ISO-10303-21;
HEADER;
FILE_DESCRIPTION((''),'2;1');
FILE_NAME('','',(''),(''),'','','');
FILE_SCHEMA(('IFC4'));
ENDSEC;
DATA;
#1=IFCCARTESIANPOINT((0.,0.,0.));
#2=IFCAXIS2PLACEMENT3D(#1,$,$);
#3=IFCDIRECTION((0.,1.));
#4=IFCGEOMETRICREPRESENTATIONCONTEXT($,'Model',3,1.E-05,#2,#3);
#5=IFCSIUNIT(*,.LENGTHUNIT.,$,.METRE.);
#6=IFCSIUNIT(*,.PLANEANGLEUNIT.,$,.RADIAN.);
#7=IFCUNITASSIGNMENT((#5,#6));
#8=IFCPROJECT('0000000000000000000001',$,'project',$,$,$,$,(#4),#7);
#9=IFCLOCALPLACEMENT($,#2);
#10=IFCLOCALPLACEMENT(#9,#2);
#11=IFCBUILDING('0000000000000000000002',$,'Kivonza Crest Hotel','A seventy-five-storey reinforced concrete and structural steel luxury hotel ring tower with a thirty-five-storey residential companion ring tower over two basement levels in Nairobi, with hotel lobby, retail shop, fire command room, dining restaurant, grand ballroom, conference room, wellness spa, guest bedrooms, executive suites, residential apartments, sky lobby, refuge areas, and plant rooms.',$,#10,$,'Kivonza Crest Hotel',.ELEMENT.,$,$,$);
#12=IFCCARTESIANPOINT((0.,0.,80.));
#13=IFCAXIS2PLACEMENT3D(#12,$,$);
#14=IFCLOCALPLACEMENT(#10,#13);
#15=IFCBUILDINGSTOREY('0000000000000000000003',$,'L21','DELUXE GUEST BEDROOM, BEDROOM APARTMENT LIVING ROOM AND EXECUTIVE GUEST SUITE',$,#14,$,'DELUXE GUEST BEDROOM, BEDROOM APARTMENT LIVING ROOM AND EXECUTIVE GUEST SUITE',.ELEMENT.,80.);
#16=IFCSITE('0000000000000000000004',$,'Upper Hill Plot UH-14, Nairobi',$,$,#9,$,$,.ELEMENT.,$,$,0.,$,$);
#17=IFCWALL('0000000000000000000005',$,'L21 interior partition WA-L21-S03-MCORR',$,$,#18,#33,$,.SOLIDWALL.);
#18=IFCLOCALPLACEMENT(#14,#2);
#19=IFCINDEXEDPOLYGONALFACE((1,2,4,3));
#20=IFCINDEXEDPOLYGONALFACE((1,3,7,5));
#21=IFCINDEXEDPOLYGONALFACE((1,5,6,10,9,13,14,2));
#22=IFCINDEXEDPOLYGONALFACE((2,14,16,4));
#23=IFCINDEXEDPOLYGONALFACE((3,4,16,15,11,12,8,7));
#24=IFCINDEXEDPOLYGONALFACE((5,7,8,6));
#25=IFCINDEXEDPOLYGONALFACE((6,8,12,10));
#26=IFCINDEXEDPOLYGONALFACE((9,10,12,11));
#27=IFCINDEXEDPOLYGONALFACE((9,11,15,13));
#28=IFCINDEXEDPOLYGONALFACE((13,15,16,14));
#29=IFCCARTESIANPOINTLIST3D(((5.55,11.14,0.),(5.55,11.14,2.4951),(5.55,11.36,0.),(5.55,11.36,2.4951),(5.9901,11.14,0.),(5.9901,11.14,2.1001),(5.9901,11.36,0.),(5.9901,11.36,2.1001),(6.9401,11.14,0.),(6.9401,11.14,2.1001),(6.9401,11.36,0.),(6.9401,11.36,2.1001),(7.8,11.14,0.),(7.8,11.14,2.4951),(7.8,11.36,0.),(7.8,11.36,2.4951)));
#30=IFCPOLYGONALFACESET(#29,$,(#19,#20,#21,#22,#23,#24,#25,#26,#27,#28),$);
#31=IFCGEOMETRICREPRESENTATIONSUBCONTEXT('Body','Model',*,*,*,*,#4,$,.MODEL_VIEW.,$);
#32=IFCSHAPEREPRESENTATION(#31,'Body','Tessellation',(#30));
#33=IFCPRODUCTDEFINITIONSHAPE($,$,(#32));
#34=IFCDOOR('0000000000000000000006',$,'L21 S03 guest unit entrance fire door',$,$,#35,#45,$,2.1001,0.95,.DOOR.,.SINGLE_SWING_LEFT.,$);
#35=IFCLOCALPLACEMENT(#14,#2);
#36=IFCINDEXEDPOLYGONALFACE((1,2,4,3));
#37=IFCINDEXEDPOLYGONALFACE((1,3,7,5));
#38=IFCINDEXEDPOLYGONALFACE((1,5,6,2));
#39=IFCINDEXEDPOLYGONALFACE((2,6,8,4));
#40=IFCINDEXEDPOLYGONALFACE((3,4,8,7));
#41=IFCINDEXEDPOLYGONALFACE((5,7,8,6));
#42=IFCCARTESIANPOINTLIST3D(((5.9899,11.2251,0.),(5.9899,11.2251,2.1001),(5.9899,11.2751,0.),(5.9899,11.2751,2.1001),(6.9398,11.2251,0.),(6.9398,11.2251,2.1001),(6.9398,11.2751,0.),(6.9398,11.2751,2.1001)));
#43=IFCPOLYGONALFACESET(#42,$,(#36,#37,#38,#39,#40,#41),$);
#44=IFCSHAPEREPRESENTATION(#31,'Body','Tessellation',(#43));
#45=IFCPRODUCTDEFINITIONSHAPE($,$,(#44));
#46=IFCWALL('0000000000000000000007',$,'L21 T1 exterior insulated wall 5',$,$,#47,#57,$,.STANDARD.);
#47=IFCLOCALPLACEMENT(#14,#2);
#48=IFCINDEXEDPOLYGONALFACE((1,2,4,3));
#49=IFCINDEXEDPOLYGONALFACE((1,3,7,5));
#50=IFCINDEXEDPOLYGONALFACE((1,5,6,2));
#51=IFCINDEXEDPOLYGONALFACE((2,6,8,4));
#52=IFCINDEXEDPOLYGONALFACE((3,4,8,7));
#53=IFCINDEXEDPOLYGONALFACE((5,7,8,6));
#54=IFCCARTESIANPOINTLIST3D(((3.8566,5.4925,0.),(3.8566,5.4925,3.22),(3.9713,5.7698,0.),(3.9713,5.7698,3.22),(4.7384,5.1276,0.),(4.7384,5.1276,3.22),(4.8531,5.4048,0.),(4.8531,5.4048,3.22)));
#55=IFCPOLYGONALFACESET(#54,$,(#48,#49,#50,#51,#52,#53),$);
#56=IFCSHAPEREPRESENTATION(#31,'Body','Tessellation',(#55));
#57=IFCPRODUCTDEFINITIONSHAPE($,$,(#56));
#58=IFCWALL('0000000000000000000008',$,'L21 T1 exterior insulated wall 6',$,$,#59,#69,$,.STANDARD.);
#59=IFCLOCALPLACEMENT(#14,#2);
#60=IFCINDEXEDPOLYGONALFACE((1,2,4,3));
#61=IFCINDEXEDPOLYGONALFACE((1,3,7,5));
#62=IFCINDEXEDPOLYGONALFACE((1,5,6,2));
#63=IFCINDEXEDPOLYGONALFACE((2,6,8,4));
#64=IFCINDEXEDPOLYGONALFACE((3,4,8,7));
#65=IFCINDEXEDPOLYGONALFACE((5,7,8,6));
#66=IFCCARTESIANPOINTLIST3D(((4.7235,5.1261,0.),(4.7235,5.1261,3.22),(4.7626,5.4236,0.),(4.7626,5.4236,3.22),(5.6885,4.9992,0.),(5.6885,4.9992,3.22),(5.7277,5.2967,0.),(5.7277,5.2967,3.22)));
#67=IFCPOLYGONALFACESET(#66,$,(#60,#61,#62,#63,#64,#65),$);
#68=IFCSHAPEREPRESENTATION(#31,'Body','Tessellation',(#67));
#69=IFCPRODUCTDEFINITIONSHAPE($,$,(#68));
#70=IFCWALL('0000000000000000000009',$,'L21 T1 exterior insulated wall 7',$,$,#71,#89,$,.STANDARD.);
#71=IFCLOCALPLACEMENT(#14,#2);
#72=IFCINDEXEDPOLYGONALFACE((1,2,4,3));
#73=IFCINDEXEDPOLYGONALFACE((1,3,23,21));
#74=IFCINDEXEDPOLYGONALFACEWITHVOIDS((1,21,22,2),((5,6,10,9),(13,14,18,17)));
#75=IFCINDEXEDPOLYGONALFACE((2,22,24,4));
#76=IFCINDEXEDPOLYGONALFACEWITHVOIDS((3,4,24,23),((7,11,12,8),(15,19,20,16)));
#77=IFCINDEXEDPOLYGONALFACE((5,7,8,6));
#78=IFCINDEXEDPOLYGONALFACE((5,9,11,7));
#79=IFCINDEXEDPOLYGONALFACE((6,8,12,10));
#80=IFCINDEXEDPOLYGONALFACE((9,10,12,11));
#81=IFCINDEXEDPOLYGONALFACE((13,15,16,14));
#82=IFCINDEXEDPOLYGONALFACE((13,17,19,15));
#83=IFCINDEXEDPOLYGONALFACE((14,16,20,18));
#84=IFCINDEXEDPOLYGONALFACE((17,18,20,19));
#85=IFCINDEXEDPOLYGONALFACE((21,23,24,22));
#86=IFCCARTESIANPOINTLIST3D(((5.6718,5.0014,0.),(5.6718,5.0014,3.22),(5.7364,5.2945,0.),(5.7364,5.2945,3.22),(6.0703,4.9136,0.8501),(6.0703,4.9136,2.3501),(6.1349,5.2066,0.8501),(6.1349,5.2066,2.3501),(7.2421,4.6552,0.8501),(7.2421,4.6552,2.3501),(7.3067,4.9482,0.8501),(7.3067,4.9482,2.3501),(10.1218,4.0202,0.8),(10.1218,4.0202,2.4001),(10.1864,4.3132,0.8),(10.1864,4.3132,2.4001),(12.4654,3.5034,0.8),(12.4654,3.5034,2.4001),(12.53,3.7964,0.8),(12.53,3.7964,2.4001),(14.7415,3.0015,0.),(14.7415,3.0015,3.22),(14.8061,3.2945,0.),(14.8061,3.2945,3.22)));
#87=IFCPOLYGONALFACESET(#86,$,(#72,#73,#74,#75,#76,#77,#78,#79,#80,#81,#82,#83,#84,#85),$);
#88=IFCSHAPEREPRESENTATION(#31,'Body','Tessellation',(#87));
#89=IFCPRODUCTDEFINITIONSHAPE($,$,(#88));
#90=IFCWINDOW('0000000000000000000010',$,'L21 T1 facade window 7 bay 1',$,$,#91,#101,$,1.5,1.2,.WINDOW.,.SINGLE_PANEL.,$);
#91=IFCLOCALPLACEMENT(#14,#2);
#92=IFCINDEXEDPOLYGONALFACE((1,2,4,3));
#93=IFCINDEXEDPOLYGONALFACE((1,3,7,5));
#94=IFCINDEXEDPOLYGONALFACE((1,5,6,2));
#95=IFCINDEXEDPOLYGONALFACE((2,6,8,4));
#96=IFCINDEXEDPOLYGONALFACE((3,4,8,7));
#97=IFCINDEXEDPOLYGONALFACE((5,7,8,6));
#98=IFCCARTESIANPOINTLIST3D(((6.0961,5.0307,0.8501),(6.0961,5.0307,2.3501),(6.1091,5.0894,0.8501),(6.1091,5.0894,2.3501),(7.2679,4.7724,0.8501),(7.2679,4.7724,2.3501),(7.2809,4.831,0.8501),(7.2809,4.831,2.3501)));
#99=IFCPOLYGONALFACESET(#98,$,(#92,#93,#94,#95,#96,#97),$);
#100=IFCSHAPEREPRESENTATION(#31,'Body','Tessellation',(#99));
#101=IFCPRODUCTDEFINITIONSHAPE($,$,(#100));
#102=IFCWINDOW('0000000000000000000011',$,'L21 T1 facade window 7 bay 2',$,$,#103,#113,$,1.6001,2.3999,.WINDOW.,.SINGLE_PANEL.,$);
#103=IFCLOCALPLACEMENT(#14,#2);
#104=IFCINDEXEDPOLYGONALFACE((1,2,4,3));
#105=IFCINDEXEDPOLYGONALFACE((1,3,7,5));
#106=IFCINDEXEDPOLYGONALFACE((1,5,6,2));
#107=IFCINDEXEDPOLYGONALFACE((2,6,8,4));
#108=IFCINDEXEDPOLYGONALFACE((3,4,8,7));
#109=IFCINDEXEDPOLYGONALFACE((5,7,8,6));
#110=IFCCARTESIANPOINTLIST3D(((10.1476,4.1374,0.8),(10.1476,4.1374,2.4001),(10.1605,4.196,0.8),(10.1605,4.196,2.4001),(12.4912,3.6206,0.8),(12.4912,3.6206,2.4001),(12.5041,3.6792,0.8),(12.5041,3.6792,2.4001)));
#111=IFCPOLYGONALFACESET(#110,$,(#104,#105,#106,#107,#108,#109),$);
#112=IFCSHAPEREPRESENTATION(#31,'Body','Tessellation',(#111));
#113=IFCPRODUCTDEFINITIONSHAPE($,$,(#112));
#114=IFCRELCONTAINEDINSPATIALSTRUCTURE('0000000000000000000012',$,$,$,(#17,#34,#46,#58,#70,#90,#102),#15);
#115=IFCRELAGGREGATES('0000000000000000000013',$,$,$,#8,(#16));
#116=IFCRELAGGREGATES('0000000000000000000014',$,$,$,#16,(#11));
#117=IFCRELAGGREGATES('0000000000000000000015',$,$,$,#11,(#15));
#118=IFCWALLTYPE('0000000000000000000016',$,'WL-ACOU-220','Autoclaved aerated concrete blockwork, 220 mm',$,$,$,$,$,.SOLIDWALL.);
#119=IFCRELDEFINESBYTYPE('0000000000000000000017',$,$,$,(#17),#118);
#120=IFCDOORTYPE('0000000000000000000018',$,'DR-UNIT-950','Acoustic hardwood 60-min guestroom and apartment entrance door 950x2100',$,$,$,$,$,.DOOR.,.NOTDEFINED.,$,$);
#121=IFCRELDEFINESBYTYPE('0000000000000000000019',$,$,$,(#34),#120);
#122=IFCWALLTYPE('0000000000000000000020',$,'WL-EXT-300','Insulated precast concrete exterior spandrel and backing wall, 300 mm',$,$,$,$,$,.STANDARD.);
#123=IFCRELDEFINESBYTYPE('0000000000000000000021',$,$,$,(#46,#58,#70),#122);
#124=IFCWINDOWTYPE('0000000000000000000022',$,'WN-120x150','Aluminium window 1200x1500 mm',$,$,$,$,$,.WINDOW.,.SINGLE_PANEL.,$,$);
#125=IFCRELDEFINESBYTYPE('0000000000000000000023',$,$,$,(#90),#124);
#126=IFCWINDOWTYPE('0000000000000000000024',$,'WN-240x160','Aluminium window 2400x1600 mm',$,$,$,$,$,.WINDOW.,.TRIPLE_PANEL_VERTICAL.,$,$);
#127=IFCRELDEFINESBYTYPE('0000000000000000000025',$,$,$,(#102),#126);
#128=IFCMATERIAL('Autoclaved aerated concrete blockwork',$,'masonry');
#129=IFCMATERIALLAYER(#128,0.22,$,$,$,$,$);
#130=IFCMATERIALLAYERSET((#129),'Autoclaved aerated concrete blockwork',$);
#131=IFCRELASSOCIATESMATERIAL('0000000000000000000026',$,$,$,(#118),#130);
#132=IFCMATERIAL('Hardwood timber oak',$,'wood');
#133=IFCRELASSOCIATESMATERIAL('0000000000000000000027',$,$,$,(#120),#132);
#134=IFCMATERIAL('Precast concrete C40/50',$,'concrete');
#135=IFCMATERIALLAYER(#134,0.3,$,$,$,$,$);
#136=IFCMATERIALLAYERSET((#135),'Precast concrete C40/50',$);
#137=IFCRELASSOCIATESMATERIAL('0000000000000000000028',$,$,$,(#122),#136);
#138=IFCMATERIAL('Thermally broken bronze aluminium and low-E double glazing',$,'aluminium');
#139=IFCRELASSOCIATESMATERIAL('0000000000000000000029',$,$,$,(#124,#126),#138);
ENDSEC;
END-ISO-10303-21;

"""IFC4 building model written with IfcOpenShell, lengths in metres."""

from ifc_helpers import new_model, si_unit, direction, frame, frame_2d, origin, place, context, subcontext, project, spatial, rectangle, extrude, material, layer, layer_set, type_object, element, fill, save


model = new_model("IFC4")

# Units and contexts
model_context = context("Model", 3, precision=1e-05, world=origin(), true_north=direction((0.0, 1.0)))
body_context = subcontext(model_context, "Body", "Model", "MODEL_VIEW")
ifc_project = project(units=[si_unit("LENGTHUNIT", "METRE"), si_unit("PLANEANGLEUNIT", "RADIAN")], contexts=[model_context])

# Site, building, storey
site_placement = place(None, origin())
site = spatial("IfcSite", under=ifc_project, at=site_placement, Name="Upper Hill Plot UH-14, Nairobi", CompositionType="ELEMENT", RefElevation=0.0)
building_placement = place(site_placement, origin())
building = spatial("IfcBuilding", under=site, at=building_placement, Name="Kivonza Crest Hotel", Description="A seventy-five-storey reinforced concrete and structural steel luxury hotel ring tower with a thirty-five-storey residential companion ring tower over two basement levels in Nairobi, with hotel lobby, retail shop, fire command room, dining restaurant, grand ballroom, conference room, wellness spa, guest bedrooms, executive suites, residential apartments, sky lobby, refuge areas, and plant rooms.", LongName="Kivonza Crest Hotel", CompositionType="ELEMENT")
storey_placement = place(building_placement, frame((0.0, 0.0, 80.0)))
storey = spatial("IfcBuildingStorey", under=building, at=storey_placement, Name="L21", Description="DELUXE GUEST BEDROOM, BEDROOM APARTMENT LIVING ROOM AND EXECUTIVE GUEST SUITE", LongName="DELUXE GUEST BEDROOM, BEDROOM APARTMENT LIVING ROOM AND EXECUTIVE GUEST SUITE", CompositionType="ELEMENT", Elevation=80.0)

# Shared definitions
ifc_material_1 = material(Name="Autoclaved aerated concrete blockwork", Category="masonry")
ifc_layer_1 = layer(ifc_material_1, 0.22)
ifc_layer_set_1 = layer_set([ifc_layer_1], Name="Autoclaved aerated concrete blockwork")
wall_type_1 = type_object("IfcWallType", Name="WL-ACOU-220", Description="Autoclaved aerated concrete blockwork, 220 mm", PredefinedType="SOLIDWALL", material=ifc_layer_set_1)

# Wall, opening, door
wall_1_placement = place(storey_placement, frame((5.55, 11.25, 0.0), z_axis=(0.0, 0.0, 1.0), x_axis=(1.0, 0.0, 0.0)))
wall_1 = element("IfcWall", 1, at=wall_1_placement, inside=storey, type_object=wall_type_1, Name="L21 interior partition WA-L21-S03-MCORR", PredefinedType="SOLIDWALL", context=body_context, shape_type="SweptSolid", body=[
    extrude(rectangle(XDim=2.25, YDim=0.22, at=frame_2d((1.125, 0.0))), origin(), (0.0, 0.0, 1.0), 2.4951),
])
opening_1_placement = place(wall_1_placement, frame((0.4399, 0.0, 0.0)))
opening_1 = element("IfcOpeningElement", 2, at=opening_1_placement, cuts=wall_1, PredefinedType="OPENING", context=body_context, shape_type="SweptSolid", body=[
    extrude(rectangle(XDim=0.95, YDim=2.1001, at=frame_2d((0.4751, 1.05))), frame((0.0, 0.1201, 0.0), z_axis=(0.0, -1.0, 0.0), x_axis=(1.0, 0.0, 0.0)), (0.0, 0.0, 1.0), 0.24),
])
ifc_material_2 = material(Name="Hardwood timber oak", Category="wood")
door_type_1 = type_object("IfcDoorType", Name="DR-UNIT-950", Description="Acoustic hardwood 60-min guestroom and apartment entrance door 950x2100", OperationType="NOTDEFINED", PredefinedType="DOOR", material=ifc_material_2)
door_1_placement = place(opening_1_placement, frame((0.95, 0.0, 0.0), z_axis=(0.0, 0.0, 1.0), x_axis=(-1.0, 0.0, 0.0)))
door_1 = element("IfcDoor", 3, at=door_1_placement, inside=storey, type_object=door_type_1, Name="L21 S03 guest unit entrance fire door", OperationType="SINGLE_SWING_LEFT", OverallHeight=2.1001, OverallWidth=0.95, PredefinedType="DOOR", context=body_context, shape_type="SweptSolid", body=[
    extrude(rectangle(XDim=0.95, YDim=2.1001, at=frame_2d((0.4751, 1.05))), frame((0.0, 0.0249, 0.0), z_axis=(0.0, -1.0, 0.0), x_axis=(1.0, 0.0, 0.0)), (0.0, 0.0, 1.0), 0.05),
])
fill(opening_1, door_1)

# Walls
ifc_material_3 = material(Name="Precast concrete C40/50", Category="concrete")
ifc_layer_2 = layer(ifc_material_3, 0.3)
ifc_layer_set_2 = layer_set([ifc_layer_2], Name="Precast concrete C40/50")
wall_type_2 = type_object("IfcWallType", Name="WL-EXT-300", Description="Insulated precast concrete exterior spandrel and backing wall, 300 mm", PredefinedType="STANDARD", material=ifc_layer_set_2)
wall_2_placement = place(storey_placement, frame((3.9141, 5.6311, 0.0), z_axis=(0.0, 0.0, 1.0), x_axis=(0.923983, -0.382435, 0.0)))
element("IfcWall", 4, at=wall_2_placement, inside=storey, type_object=wall_type_2, Name="L21 T1 exterior insulated wall 5", PredefinedType="STANDARD", context=body_context, shape_type="SweptSolid", body=[
    extrude(rectangle(XDim=0.9543, YDim=0.3, at=frame_2d((0.4771, 0.0))), origin(), (0.0, 0.0, 1.0), 3.22),
])
wall_3_placement = place(storey_placement, frame((4.7429, 5.2749, 0.0), z_axis=(0.0, 0.0, 1.0), x_axis=(0.991459, -0.130422, 0.0)))
element("IfcWall", 5, at=wall_3_placement, inside=storey, type_object=wall_type_2, Name="L21 T1 exterior insulated wall 6", PredefinedType="STANDARD", context=body_context, shape_type="SweptSolid", body=[
    extrude(rectangle(XDim=0.9734, YDim=0.3, at=frame_2d((0.4868, 0.0))), origin(), (0.0, 0.0, 1.0), 3.22),
])

# Wall, openings, windows
wall_4_placement = place(storey_placement, frame((5.7041, 5.1479, 0.0), z_axis=(0.0, 0.0, 1.0), x_axis=(0.97654, -0.215338, 0.0)))
wall_4 = element("IfcWall", 6, at=wall_4_placement, inside=storey, type_object=wall_type_2, Name="L21 T1 exterior insulated wall 7", PredefinedType="STANDARD", context=body_context, shape_type="SweptSolid", body=[
    extrude(rectangle(XDim=9.2876, YDim=0.3, at=frame_2d((4.6438, 0.0))), origin(), (0.0, 0.0, 1.0), 3.22),
])
opening_2_placement = place(wall_4_placement, frame((0.408, 0.0, 0.8501)))
opening_2 = element("IfcOpeningElement", 7, at=opening_2_placement, cuts=wall_4, PredefinedType="OPENING", context=body_context, shape_type="SweptSolid", body=[
    extrude(rectangle(XDim=1.2, YDim=1.5, at=frame_2d((0.6001, 0.75))), frame((0.0, 0.1602, 0.0), z_axis=(0.0, -1.0, 0.0), x_axis=(1.0, 0.0, 0.0)), (0.0, 0.0, 1.0), 0.3201),
])
opening_3_placement = place(wall_4_placement, frame((4.5569, 0.0, 0.8)))
opening_3 = element("IfcOpeningElement", 8, at=opening_3_placement, cuts=wall_4, PredefinedType="OPENING", context=body_context, shape_type="SweptSolid", body=[
    extrude(rectangle(XDim=2.3999, YDim=1.6001, at=frame_2d((1.2, 0.8))), frame((0.0, 0.1602, 0.0), z_axis=(0.0, -1.0, 0.0), x_axis=(1.0, 0.0, 0.0)), (0.0, 0.0, 1.0), 0.3201),
])
ifc_material_4 = material(Name="Thermally broken bronze aluminium and low-E double glazing", Category="aluminium")
window_type_1 = type_object("IfcWindowType", Name="WN-120x150", Description="Aluminium window 1200x1500 mm", PartitioningType="SINGLE_PANEL", PredefinedType="WINDOW", material=ifc_material_4)
window_1_placement = place(opening_2_placement, origin())
window_1 = element("IfcWindow", 9, at=window_1_placement, inside=storey, type_object=window_type_1, Name="L21 T1 facade window 7 bay 1", OverallHeight=1.5, OverallWidth=1.2, PartitioningType="SINGLE_PANEL", PredefinedType="WINDOW", context=body_context, shape_type="SweptSolid", body=[
    extrude(rectangle(XDim=1.2, YDim=1.5, at=frame_2d((0.6001, 0.75))), frame((0.0, 0.03, 0.0), z_axis=(0.0, -1.0, 0.0), x_axis=(1.0, 0.0, 0.0)), (0.0, 0.0, 1.0), 0.0601),
])
fill(opening_2, window_1)
window_type_2 = type_object("IfcWindowType", Name="WN-240x160", Description="Aluminium window 2400x1600 mm", PartitioningType="TRIPLE_PANEL_VERTICAL", PredefinedType="WINDOW", material=ifc_material_4)
window_2_placement = place(opening_3_placement, origin())
window_2 = element("IfcWindow", 10, at=window_2_placement, inside=storey, type_object=window_type_2, Name="L21 T1 facade window 7 bay 2", OverallHeight=1.6001, OverallWidth=2.3999, PartitioningType="SINGLE_PANEL", PredefinedType="WINDOW", context=body_context, shape_type="SweptSolid", body=[
    extrude(rectangle(XDim=2.3999, YDim=1.6001, at=frame_2d((1.2, 0.8))), frame((0.0, 0.03, 0.0), z_axis=(0.0, -1.0, 0.0), x_axis=(1.0, 0.0, 0.0)), (0.0, 0.0, 1.0), 0.0601),
])
fill(opening_3, window_2)

save(model, "model.ifc")
